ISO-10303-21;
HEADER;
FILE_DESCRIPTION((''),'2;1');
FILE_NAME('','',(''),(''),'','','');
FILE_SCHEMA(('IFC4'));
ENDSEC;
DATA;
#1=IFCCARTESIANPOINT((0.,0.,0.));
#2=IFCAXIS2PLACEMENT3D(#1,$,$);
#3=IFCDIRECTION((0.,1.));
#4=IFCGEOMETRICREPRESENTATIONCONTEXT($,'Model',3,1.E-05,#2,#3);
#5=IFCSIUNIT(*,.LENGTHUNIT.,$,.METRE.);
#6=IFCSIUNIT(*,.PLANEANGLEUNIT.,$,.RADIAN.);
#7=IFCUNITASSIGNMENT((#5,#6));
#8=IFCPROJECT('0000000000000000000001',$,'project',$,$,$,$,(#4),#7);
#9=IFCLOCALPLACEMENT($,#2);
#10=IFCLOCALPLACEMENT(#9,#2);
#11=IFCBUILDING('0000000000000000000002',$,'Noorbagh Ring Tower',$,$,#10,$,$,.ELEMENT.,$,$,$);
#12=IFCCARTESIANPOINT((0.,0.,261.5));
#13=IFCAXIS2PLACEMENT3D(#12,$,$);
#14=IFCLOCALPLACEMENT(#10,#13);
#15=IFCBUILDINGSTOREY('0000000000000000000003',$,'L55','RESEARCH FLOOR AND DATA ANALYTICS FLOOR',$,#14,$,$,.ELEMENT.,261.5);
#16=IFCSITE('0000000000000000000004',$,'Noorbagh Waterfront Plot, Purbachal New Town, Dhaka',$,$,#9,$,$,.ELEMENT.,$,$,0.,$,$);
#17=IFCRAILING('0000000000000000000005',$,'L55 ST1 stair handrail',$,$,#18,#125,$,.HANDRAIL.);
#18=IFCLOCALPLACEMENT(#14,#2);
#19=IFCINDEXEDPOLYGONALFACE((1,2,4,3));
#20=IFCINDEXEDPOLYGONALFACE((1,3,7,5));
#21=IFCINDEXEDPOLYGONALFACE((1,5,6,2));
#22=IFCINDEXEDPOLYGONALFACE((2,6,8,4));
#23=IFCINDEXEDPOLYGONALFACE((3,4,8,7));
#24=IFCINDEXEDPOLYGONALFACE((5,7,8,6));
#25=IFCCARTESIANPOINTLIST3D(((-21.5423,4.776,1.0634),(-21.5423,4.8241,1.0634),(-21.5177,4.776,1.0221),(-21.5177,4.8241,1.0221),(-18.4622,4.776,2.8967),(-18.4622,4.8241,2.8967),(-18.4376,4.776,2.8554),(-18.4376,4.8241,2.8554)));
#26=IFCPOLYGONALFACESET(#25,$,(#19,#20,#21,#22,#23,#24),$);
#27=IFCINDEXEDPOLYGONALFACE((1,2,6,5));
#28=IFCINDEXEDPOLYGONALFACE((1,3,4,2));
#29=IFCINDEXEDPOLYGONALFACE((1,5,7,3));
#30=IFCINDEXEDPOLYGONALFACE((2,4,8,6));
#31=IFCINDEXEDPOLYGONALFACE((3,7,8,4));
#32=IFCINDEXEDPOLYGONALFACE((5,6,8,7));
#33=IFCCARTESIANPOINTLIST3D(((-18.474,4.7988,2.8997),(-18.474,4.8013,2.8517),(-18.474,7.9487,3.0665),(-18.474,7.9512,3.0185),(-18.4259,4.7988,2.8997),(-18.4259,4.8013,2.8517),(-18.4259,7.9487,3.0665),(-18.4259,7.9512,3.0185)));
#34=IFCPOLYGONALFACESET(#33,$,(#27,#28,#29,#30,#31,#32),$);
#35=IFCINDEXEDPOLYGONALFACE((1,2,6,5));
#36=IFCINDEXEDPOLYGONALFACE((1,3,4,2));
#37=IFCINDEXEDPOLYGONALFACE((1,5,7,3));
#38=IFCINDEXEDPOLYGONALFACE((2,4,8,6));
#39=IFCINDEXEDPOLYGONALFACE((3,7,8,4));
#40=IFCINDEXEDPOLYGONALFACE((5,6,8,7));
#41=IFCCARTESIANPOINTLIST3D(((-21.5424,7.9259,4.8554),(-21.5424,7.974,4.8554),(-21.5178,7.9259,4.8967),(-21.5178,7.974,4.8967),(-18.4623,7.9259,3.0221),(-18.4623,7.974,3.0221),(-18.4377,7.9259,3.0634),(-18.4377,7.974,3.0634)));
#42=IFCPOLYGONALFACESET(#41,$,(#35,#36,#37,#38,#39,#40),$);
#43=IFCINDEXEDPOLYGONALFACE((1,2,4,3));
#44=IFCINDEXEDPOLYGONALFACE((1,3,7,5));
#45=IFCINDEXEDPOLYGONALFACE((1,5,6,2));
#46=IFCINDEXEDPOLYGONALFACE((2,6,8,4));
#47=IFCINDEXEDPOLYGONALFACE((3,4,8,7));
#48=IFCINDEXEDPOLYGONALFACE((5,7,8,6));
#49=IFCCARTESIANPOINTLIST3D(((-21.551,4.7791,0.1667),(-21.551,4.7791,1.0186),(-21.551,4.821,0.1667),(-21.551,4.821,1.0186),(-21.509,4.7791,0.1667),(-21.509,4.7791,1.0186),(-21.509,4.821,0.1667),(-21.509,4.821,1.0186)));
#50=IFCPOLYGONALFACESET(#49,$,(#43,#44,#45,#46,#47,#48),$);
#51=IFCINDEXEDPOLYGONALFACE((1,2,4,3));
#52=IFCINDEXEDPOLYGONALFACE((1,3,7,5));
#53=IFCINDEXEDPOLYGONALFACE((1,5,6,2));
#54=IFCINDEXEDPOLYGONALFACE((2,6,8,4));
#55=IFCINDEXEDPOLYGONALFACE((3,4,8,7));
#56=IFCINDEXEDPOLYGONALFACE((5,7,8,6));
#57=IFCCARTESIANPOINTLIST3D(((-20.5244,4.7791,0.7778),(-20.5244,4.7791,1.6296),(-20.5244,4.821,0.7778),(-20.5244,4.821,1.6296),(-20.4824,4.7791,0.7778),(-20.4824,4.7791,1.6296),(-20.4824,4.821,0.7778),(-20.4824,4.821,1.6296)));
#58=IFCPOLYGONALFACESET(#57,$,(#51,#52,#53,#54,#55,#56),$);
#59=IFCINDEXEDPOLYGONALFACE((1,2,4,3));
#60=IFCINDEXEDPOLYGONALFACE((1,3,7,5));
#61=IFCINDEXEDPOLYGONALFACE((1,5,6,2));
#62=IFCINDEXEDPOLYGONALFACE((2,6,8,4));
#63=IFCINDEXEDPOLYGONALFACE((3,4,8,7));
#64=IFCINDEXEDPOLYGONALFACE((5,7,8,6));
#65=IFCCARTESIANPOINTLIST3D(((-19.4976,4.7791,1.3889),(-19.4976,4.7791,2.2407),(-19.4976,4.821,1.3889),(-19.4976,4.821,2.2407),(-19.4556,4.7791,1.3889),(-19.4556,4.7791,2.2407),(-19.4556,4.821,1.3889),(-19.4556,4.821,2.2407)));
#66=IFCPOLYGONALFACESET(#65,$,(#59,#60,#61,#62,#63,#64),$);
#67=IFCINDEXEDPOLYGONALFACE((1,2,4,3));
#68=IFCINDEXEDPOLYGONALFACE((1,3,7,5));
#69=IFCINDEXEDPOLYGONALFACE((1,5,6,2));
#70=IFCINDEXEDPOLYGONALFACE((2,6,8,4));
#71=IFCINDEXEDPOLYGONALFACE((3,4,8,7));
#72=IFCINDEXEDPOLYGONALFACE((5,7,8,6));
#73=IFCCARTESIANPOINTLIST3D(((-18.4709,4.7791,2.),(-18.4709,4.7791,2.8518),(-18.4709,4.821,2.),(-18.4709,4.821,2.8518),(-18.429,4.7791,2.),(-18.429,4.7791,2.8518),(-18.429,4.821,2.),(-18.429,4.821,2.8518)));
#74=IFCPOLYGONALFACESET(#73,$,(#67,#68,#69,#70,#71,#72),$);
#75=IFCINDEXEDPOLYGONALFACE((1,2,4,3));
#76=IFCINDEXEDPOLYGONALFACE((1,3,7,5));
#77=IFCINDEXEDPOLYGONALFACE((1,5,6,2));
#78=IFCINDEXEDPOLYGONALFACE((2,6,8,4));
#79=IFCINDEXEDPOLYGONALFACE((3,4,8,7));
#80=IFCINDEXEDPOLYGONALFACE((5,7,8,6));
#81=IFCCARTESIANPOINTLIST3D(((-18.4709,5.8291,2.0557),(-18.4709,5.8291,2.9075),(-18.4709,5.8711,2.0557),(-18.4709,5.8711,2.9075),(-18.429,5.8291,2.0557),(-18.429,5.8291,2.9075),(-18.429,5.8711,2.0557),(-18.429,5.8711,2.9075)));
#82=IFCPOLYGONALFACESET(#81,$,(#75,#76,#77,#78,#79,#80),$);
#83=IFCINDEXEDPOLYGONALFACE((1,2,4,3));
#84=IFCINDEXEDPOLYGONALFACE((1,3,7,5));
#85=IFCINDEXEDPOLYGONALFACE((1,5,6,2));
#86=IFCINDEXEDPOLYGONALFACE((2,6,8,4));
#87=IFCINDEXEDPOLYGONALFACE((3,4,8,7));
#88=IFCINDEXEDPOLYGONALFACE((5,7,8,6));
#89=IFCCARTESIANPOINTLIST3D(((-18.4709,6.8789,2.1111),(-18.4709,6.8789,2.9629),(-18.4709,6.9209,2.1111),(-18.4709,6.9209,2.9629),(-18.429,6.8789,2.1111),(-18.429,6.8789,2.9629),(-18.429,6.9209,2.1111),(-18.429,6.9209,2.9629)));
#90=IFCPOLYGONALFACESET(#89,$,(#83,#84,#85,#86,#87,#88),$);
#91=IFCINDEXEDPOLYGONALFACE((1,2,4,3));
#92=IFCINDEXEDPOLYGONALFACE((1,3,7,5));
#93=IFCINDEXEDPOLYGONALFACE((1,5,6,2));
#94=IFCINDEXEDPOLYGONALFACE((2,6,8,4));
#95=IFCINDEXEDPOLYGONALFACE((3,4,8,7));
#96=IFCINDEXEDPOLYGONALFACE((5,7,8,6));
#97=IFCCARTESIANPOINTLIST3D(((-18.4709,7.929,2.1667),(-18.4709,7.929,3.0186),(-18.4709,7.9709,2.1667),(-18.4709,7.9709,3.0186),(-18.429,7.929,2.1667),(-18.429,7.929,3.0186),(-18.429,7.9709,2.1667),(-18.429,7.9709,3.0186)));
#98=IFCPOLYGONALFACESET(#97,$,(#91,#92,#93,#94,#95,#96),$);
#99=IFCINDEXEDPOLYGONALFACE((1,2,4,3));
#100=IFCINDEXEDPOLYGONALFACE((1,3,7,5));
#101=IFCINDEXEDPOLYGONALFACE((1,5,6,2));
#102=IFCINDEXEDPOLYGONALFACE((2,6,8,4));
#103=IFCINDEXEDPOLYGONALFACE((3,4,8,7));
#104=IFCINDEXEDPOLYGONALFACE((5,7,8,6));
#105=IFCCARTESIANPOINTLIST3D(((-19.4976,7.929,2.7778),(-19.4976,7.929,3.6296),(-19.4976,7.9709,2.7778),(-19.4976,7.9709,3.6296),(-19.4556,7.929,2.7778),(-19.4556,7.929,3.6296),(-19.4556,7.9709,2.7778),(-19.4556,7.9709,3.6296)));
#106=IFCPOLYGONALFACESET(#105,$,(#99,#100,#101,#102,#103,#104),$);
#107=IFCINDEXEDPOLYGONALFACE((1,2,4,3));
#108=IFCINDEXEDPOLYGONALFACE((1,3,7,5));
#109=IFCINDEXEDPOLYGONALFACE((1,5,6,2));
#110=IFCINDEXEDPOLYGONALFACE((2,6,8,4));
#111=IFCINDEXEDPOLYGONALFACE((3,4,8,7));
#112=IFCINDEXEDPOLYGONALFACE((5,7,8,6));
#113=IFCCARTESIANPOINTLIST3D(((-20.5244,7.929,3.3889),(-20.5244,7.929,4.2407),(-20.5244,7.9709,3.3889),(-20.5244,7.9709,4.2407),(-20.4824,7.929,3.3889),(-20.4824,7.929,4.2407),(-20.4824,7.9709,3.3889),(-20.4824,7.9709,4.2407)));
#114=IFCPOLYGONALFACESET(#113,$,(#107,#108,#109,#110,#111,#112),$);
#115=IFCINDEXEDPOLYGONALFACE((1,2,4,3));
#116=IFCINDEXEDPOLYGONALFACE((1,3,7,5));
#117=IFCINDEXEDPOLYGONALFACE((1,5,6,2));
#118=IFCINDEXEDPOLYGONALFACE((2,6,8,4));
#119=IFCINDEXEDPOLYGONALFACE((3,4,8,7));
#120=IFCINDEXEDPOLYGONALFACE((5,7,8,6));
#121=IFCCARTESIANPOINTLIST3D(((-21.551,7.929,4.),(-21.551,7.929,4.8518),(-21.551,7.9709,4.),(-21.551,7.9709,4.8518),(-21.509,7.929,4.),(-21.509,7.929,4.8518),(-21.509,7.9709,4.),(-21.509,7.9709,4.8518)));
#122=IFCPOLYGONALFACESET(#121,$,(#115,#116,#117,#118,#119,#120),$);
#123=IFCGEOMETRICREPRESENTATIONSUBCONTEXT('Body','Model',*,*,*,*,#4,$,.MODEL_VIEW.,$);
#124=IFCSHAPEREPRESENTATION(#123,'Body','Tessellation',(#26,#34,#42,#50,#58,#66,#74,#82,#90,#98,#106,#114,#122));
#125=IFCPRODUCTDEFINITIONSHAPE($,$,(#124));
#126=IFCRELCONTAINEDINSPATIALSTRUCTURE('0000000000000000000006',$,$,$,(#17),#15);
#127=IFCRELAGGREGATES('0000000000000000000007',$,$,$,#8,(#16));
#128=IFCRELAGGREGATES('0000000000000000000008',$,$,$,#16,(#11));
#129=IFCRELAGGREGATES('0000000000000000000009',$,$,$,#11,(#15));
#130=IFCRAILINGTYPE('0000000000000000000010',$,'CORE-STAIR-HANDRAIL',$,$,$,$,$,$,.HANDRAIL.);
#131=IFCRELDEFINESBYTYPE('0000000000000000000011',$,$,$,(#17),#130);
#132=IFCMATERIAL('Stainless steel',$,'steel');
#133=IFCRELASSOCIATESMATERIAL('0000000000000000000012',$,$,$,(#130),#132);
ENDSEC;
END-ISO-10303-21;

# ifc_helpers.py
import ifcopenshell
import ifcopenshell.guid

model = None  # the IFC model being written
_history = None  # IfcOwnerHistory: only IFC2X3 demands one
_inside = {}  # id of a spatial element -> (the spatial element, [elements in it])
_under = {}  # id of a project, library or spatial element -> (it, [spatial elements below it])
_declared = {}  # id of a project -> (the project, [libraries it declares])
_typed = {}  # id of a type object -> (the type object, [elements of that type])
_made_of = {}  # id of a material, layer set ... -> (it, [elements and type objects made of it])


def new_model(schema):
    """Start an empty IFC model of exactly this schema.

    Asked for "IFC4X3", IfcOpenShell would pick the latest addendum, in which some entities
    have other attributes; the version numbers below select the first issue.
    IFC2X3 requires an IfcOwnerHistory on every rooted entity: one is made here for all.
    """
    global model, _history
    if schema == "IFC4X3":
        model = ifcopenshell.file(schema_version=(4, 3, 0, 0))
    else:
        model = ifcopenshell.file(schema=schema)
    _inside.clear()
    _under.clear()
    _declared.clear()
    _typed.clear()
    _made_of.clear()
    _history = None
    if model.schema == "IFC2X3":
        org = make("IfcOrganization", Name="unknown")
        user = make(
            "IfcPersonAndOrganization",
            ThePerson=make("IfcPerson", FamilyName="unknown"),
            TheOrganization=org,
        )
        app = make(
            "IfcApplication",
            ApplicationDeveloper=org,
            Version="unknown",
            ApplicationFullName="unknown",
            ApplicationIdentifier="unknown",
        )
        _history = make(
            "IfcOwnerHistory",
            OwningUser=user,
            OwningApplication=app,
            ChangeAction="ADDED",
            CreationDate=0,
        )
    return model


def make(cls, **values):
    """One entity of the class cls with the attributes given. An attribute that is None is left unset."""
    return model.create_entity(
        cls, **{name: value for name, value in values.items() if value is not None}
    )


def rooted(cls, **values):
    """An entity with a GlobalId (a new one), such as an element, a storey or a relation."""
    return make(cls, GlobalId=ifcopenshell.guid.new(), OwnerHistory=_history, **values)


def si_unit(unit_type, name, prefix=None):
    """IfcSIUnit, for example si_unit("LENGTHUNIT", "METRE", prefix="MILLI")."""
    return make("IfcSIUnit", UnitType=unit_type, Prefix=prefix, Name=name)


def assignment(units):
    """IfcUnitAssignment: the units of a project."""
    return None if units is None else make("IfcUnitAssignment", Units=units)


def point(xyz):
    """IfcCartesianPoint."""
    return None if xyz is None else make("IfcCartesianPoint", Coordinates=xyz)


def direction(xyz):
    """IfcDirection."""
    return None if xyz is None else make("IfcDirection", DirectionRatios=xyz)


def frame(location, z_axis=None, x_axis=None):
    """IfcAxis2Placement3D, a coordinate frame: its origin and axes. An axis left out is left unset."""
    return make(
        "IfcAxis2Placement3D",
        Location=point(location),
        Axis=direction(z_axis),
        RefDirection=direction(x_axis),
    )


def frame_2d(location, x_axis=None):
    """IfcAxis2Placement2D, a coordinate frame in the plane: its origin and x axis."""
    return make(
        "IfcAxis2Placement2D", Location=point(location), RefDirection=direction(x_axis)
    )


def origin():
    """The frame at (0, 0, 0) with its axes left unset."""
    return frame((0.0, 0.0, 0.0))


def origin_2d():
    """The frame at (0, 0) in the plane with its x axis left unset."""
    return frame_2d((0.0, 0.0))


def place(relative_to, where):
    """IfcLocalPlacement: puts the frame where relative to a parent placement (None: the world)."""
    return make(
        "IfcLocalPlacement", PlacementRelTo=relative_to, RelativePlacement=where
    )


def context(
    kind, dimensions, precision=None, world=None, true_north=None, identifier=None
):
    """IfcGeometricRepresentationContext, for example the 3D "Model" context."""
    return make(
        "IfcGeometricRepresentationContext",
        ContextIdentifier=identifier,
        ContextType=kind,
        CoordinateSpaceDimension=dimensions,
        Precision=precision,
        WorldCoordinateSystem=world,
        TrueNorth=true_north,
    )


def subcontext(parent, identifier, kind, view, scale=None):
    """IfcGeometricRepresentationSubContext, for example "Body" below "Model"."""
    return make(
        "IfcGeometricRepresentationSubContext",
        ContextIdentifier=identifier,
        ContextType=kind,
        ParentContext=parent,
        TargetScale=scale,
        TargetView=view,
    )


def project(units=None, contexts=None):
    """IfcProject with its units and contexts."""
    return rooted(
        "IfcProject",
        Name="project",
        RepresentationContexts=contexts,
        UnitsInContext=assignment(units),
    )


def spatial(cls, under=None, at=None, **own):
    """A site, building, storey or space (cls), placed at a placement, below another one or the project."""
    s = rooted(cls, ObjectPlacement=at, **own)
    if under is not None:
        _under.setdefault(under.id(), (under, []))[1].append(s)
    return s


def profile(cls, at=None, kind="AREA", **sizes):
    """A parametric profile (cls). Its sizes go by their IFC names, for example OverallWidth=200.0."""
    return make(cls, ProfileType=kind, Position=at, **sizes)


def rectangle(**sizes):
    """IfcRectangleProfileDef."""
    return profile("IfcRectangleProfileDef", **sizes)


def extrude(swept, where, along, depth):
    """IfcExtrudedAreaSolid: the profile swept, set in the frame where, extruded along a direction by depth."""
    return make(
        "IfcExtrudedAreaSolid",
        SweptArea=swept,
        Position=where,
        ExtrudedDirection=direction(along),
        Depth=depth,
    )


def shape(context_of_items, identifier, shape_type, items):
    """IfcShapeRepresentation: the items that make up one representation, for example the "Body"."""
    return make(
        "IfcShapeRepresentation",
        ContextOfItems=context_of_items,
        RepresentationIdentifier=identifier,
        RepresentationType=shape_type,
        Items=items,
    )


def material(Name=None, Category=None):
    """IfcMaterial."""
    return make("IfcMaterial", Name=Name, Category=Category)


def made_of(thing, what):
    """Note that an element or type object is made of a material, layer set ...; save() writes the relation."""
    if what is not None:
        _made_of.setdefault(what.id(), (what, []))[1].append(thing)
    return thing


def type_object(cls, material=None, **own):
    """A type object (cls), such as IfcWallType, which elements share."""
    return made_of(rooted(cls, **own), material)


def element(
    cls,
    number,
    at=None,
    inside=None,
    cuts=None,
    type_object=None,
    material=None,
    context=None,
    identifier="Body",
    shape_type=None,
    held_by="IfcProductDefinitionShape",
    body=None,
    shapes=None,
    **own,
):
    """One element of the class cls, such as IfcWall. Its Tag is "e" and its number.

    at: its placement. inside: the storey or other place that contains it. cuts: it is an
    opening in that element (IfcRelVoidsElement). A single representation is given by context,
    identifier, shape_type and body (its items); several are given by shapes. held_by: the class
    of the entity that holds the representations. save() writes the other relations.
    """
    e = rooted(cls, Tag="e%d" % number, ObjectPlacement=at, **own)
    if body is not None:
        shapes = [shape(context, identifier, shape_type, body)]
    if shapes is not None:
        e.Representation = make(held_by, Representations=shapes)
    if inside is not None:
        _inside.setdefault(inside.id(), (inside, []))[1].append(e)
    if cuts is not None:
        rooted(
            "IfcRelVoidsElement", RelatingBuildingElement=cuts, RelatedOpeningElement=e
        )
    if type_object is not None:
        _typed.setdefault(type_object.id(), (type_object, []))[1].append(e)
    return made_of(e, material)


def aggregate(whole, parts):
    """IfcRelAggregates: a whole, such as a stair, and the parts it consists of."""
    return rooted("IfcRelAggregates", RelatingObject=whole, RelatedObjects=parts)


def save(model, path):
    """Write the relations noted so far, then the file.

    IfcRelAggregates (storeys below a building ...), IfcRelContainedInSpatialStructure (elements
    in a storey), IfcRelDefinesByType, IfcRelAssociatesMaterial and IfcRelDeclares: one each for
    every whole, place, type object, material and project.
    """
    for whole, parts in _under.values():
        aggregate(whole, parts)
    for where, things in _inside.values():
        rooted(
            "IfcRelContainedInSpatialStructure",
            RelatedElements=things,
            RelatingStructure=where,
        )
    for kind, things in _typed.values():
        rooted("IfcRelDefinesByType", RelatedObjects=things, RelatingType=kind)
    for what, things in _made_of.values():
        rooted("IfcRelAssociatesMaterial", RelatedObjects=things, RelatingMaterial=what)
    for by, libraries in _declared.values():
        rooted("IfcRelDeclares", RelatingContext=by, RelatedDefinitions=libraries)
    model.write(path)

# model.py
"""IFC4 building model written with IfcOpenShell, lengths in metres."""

from ifc_helpers import new_model, si_unit, direction, frame, origin, origin_2d, place, context, subcontext, project, spatial, rectangle, extrude, material, type_object, element, save


model = new_model("IFC4")

# Units and contexts
model_context = context("Model", 3, precision=1e-05, world=origin(), true_north=direction((0.0, 1.0)))
body_context = subcontext(model_context, "Body", "Model", "MODEL_VIEW")
ifc_project = project(units=[si_unit("LENGTHUNIT", "METRE"), si_unit("PLANEANGLEUNIT", "RADIAN")], contexts=[model_context])

# Site, building, storey
site_placement = place(None, origin())
site = spatial("IfcSite", under=ifc_project, at=site_placement, Name="Noorbagh Waterfront Plot, Purbachal New Town, Dhaka", CompositionType="ELEMENT", RefElevation=0.0)
building_placement = place(site_placement, origin())
building = spatial("IfcBuilding", under=site, at=building_placement, Name="Noorbagh Ring Tower", CompositionType="ELEMENT")
storey_placement = place(building_placement, frame((0.0, 0.0, 261.5)))
storey = spatial("IfcBuildingStorey", under=building, at=storey_placement, Name="L55", Description="RESEARCH FLOOR AND DATA ANALYTICS FLOOR", CompositionType="ELEMENT", Elevation=261.5)

# Railing
ifc_material_1 = material(Name="Stainless steel", Category="steel")
railing_type_1 = type_object("IfcRailingType", Name="CORE-STAIR-HANDRAIL", PredefinedType="HANDRAIL", material=ifc_material_1)
railing_1_placement = place(storey_placement, frame((-21.53, 4.8, 0.1667)))
element("IfcRailing", 1, at=railing_1_placement, inside=storey, type_object=railing_type_1, Name="L55 ST1 stair handrail", PredefinedType="HANDRAIL", context=body_context, shape_type="SweptSolid", body=[
    extrude(rectangle(XDim=0.0481, YDim=0.0481, at=origin_2d()), frame((0.0, 0.0, 0.876), z_axis=(0.859309, 0.0, 0.511458), x_axis=(0.0, 1.0, 0.0)), (0.0, 0.0, 1.0), 3.5845),
    extrude(rectangle(XDim=0.0481, YDim=0.0481, at=origin_2d()), frame((3.0801, 0.0, 2.709), z_axis=(0.0, 0.998602, 0.052864), x_axis=(-1.0, 0.0, 0.0)), (0.0, 0.0, 1.0), 3.1543),
    extrude(rectangle(XDim=0.0481, YDim=0.0481, at=origin_2d()), frame((3.0801, 3.1499, 2.876), z_axis=(-0.859309, 0.0, 0.511458), x_axis=(0.0, -1.0, 0.0)), (0.0, 0.0, 1.0), 3.5845),
    extrude(rectangle(XDim=0.042, YDim=0.042, at=origin_2d()), origin(), (0.0, 0.0, 1.0), 0.8518),
    extrude(rectangle(XDim=0.042, YDim=0.042, at=origin_2d()), frame((1.0266, 0.0, 0.6111)), (0.0, 0.0, 1.0), 0.8518),
    extrude(rectangle(XDim=0.042, YDim=0.042, at=origin_2d()), frame((2.0535, 0.0, 1.2222)), (0.0, 0.0, 1.0), 0.8518),
    extrude(rectangle(XDim=0.042, YDim=0.042, at=origin_2d()), frame((3.0801, 0.0, 1.8333)), (0.0, 0.0, 1.0), 0.8518),
    extrude(rectangle(XDim=0.042, YDim=0.042, at=origin_2d()), frame((3.0801, 1.05, 1.8889)), (0.0, 0.0, 1.0), 0.8518),
    extrude(rectangle(XDim=0.042, YDim=0.042, at=origin_2d()), frame((3.0801, 2.0999, 1.9443)), (0.0, 0.0, 1.0), 0.8518),
    extrude(rectangle(XDim=0.042, YDim=0.042, at=origin_2d()), frame((3.0801, 3.1499, 2.0)), (0.0, 0.0, 1.0), 0.8518),
    extrude(rectangle(XDim=0.042, YDim=0.042, at=origin_2d()), frame((2.0535, 3.1499, 2.6111)), (0.0, 0.0, 1.0), 0.8518),
    extrude(rectangle(XDim=0.042, YDim=0.042, at=origin_2d()), frame((1.0266, 3.1499, 3.2222)), (0.0, 0.0, 1.0), 0.8518),
    extrude(rectangle(XDim=0.042, YDim=0.042, at=origin_2d()), frame((0.0, 3.1499, 3.8333)), (0.0, 0.0, 1.0), 0.8518),
])

save(model, "model.ifc")
